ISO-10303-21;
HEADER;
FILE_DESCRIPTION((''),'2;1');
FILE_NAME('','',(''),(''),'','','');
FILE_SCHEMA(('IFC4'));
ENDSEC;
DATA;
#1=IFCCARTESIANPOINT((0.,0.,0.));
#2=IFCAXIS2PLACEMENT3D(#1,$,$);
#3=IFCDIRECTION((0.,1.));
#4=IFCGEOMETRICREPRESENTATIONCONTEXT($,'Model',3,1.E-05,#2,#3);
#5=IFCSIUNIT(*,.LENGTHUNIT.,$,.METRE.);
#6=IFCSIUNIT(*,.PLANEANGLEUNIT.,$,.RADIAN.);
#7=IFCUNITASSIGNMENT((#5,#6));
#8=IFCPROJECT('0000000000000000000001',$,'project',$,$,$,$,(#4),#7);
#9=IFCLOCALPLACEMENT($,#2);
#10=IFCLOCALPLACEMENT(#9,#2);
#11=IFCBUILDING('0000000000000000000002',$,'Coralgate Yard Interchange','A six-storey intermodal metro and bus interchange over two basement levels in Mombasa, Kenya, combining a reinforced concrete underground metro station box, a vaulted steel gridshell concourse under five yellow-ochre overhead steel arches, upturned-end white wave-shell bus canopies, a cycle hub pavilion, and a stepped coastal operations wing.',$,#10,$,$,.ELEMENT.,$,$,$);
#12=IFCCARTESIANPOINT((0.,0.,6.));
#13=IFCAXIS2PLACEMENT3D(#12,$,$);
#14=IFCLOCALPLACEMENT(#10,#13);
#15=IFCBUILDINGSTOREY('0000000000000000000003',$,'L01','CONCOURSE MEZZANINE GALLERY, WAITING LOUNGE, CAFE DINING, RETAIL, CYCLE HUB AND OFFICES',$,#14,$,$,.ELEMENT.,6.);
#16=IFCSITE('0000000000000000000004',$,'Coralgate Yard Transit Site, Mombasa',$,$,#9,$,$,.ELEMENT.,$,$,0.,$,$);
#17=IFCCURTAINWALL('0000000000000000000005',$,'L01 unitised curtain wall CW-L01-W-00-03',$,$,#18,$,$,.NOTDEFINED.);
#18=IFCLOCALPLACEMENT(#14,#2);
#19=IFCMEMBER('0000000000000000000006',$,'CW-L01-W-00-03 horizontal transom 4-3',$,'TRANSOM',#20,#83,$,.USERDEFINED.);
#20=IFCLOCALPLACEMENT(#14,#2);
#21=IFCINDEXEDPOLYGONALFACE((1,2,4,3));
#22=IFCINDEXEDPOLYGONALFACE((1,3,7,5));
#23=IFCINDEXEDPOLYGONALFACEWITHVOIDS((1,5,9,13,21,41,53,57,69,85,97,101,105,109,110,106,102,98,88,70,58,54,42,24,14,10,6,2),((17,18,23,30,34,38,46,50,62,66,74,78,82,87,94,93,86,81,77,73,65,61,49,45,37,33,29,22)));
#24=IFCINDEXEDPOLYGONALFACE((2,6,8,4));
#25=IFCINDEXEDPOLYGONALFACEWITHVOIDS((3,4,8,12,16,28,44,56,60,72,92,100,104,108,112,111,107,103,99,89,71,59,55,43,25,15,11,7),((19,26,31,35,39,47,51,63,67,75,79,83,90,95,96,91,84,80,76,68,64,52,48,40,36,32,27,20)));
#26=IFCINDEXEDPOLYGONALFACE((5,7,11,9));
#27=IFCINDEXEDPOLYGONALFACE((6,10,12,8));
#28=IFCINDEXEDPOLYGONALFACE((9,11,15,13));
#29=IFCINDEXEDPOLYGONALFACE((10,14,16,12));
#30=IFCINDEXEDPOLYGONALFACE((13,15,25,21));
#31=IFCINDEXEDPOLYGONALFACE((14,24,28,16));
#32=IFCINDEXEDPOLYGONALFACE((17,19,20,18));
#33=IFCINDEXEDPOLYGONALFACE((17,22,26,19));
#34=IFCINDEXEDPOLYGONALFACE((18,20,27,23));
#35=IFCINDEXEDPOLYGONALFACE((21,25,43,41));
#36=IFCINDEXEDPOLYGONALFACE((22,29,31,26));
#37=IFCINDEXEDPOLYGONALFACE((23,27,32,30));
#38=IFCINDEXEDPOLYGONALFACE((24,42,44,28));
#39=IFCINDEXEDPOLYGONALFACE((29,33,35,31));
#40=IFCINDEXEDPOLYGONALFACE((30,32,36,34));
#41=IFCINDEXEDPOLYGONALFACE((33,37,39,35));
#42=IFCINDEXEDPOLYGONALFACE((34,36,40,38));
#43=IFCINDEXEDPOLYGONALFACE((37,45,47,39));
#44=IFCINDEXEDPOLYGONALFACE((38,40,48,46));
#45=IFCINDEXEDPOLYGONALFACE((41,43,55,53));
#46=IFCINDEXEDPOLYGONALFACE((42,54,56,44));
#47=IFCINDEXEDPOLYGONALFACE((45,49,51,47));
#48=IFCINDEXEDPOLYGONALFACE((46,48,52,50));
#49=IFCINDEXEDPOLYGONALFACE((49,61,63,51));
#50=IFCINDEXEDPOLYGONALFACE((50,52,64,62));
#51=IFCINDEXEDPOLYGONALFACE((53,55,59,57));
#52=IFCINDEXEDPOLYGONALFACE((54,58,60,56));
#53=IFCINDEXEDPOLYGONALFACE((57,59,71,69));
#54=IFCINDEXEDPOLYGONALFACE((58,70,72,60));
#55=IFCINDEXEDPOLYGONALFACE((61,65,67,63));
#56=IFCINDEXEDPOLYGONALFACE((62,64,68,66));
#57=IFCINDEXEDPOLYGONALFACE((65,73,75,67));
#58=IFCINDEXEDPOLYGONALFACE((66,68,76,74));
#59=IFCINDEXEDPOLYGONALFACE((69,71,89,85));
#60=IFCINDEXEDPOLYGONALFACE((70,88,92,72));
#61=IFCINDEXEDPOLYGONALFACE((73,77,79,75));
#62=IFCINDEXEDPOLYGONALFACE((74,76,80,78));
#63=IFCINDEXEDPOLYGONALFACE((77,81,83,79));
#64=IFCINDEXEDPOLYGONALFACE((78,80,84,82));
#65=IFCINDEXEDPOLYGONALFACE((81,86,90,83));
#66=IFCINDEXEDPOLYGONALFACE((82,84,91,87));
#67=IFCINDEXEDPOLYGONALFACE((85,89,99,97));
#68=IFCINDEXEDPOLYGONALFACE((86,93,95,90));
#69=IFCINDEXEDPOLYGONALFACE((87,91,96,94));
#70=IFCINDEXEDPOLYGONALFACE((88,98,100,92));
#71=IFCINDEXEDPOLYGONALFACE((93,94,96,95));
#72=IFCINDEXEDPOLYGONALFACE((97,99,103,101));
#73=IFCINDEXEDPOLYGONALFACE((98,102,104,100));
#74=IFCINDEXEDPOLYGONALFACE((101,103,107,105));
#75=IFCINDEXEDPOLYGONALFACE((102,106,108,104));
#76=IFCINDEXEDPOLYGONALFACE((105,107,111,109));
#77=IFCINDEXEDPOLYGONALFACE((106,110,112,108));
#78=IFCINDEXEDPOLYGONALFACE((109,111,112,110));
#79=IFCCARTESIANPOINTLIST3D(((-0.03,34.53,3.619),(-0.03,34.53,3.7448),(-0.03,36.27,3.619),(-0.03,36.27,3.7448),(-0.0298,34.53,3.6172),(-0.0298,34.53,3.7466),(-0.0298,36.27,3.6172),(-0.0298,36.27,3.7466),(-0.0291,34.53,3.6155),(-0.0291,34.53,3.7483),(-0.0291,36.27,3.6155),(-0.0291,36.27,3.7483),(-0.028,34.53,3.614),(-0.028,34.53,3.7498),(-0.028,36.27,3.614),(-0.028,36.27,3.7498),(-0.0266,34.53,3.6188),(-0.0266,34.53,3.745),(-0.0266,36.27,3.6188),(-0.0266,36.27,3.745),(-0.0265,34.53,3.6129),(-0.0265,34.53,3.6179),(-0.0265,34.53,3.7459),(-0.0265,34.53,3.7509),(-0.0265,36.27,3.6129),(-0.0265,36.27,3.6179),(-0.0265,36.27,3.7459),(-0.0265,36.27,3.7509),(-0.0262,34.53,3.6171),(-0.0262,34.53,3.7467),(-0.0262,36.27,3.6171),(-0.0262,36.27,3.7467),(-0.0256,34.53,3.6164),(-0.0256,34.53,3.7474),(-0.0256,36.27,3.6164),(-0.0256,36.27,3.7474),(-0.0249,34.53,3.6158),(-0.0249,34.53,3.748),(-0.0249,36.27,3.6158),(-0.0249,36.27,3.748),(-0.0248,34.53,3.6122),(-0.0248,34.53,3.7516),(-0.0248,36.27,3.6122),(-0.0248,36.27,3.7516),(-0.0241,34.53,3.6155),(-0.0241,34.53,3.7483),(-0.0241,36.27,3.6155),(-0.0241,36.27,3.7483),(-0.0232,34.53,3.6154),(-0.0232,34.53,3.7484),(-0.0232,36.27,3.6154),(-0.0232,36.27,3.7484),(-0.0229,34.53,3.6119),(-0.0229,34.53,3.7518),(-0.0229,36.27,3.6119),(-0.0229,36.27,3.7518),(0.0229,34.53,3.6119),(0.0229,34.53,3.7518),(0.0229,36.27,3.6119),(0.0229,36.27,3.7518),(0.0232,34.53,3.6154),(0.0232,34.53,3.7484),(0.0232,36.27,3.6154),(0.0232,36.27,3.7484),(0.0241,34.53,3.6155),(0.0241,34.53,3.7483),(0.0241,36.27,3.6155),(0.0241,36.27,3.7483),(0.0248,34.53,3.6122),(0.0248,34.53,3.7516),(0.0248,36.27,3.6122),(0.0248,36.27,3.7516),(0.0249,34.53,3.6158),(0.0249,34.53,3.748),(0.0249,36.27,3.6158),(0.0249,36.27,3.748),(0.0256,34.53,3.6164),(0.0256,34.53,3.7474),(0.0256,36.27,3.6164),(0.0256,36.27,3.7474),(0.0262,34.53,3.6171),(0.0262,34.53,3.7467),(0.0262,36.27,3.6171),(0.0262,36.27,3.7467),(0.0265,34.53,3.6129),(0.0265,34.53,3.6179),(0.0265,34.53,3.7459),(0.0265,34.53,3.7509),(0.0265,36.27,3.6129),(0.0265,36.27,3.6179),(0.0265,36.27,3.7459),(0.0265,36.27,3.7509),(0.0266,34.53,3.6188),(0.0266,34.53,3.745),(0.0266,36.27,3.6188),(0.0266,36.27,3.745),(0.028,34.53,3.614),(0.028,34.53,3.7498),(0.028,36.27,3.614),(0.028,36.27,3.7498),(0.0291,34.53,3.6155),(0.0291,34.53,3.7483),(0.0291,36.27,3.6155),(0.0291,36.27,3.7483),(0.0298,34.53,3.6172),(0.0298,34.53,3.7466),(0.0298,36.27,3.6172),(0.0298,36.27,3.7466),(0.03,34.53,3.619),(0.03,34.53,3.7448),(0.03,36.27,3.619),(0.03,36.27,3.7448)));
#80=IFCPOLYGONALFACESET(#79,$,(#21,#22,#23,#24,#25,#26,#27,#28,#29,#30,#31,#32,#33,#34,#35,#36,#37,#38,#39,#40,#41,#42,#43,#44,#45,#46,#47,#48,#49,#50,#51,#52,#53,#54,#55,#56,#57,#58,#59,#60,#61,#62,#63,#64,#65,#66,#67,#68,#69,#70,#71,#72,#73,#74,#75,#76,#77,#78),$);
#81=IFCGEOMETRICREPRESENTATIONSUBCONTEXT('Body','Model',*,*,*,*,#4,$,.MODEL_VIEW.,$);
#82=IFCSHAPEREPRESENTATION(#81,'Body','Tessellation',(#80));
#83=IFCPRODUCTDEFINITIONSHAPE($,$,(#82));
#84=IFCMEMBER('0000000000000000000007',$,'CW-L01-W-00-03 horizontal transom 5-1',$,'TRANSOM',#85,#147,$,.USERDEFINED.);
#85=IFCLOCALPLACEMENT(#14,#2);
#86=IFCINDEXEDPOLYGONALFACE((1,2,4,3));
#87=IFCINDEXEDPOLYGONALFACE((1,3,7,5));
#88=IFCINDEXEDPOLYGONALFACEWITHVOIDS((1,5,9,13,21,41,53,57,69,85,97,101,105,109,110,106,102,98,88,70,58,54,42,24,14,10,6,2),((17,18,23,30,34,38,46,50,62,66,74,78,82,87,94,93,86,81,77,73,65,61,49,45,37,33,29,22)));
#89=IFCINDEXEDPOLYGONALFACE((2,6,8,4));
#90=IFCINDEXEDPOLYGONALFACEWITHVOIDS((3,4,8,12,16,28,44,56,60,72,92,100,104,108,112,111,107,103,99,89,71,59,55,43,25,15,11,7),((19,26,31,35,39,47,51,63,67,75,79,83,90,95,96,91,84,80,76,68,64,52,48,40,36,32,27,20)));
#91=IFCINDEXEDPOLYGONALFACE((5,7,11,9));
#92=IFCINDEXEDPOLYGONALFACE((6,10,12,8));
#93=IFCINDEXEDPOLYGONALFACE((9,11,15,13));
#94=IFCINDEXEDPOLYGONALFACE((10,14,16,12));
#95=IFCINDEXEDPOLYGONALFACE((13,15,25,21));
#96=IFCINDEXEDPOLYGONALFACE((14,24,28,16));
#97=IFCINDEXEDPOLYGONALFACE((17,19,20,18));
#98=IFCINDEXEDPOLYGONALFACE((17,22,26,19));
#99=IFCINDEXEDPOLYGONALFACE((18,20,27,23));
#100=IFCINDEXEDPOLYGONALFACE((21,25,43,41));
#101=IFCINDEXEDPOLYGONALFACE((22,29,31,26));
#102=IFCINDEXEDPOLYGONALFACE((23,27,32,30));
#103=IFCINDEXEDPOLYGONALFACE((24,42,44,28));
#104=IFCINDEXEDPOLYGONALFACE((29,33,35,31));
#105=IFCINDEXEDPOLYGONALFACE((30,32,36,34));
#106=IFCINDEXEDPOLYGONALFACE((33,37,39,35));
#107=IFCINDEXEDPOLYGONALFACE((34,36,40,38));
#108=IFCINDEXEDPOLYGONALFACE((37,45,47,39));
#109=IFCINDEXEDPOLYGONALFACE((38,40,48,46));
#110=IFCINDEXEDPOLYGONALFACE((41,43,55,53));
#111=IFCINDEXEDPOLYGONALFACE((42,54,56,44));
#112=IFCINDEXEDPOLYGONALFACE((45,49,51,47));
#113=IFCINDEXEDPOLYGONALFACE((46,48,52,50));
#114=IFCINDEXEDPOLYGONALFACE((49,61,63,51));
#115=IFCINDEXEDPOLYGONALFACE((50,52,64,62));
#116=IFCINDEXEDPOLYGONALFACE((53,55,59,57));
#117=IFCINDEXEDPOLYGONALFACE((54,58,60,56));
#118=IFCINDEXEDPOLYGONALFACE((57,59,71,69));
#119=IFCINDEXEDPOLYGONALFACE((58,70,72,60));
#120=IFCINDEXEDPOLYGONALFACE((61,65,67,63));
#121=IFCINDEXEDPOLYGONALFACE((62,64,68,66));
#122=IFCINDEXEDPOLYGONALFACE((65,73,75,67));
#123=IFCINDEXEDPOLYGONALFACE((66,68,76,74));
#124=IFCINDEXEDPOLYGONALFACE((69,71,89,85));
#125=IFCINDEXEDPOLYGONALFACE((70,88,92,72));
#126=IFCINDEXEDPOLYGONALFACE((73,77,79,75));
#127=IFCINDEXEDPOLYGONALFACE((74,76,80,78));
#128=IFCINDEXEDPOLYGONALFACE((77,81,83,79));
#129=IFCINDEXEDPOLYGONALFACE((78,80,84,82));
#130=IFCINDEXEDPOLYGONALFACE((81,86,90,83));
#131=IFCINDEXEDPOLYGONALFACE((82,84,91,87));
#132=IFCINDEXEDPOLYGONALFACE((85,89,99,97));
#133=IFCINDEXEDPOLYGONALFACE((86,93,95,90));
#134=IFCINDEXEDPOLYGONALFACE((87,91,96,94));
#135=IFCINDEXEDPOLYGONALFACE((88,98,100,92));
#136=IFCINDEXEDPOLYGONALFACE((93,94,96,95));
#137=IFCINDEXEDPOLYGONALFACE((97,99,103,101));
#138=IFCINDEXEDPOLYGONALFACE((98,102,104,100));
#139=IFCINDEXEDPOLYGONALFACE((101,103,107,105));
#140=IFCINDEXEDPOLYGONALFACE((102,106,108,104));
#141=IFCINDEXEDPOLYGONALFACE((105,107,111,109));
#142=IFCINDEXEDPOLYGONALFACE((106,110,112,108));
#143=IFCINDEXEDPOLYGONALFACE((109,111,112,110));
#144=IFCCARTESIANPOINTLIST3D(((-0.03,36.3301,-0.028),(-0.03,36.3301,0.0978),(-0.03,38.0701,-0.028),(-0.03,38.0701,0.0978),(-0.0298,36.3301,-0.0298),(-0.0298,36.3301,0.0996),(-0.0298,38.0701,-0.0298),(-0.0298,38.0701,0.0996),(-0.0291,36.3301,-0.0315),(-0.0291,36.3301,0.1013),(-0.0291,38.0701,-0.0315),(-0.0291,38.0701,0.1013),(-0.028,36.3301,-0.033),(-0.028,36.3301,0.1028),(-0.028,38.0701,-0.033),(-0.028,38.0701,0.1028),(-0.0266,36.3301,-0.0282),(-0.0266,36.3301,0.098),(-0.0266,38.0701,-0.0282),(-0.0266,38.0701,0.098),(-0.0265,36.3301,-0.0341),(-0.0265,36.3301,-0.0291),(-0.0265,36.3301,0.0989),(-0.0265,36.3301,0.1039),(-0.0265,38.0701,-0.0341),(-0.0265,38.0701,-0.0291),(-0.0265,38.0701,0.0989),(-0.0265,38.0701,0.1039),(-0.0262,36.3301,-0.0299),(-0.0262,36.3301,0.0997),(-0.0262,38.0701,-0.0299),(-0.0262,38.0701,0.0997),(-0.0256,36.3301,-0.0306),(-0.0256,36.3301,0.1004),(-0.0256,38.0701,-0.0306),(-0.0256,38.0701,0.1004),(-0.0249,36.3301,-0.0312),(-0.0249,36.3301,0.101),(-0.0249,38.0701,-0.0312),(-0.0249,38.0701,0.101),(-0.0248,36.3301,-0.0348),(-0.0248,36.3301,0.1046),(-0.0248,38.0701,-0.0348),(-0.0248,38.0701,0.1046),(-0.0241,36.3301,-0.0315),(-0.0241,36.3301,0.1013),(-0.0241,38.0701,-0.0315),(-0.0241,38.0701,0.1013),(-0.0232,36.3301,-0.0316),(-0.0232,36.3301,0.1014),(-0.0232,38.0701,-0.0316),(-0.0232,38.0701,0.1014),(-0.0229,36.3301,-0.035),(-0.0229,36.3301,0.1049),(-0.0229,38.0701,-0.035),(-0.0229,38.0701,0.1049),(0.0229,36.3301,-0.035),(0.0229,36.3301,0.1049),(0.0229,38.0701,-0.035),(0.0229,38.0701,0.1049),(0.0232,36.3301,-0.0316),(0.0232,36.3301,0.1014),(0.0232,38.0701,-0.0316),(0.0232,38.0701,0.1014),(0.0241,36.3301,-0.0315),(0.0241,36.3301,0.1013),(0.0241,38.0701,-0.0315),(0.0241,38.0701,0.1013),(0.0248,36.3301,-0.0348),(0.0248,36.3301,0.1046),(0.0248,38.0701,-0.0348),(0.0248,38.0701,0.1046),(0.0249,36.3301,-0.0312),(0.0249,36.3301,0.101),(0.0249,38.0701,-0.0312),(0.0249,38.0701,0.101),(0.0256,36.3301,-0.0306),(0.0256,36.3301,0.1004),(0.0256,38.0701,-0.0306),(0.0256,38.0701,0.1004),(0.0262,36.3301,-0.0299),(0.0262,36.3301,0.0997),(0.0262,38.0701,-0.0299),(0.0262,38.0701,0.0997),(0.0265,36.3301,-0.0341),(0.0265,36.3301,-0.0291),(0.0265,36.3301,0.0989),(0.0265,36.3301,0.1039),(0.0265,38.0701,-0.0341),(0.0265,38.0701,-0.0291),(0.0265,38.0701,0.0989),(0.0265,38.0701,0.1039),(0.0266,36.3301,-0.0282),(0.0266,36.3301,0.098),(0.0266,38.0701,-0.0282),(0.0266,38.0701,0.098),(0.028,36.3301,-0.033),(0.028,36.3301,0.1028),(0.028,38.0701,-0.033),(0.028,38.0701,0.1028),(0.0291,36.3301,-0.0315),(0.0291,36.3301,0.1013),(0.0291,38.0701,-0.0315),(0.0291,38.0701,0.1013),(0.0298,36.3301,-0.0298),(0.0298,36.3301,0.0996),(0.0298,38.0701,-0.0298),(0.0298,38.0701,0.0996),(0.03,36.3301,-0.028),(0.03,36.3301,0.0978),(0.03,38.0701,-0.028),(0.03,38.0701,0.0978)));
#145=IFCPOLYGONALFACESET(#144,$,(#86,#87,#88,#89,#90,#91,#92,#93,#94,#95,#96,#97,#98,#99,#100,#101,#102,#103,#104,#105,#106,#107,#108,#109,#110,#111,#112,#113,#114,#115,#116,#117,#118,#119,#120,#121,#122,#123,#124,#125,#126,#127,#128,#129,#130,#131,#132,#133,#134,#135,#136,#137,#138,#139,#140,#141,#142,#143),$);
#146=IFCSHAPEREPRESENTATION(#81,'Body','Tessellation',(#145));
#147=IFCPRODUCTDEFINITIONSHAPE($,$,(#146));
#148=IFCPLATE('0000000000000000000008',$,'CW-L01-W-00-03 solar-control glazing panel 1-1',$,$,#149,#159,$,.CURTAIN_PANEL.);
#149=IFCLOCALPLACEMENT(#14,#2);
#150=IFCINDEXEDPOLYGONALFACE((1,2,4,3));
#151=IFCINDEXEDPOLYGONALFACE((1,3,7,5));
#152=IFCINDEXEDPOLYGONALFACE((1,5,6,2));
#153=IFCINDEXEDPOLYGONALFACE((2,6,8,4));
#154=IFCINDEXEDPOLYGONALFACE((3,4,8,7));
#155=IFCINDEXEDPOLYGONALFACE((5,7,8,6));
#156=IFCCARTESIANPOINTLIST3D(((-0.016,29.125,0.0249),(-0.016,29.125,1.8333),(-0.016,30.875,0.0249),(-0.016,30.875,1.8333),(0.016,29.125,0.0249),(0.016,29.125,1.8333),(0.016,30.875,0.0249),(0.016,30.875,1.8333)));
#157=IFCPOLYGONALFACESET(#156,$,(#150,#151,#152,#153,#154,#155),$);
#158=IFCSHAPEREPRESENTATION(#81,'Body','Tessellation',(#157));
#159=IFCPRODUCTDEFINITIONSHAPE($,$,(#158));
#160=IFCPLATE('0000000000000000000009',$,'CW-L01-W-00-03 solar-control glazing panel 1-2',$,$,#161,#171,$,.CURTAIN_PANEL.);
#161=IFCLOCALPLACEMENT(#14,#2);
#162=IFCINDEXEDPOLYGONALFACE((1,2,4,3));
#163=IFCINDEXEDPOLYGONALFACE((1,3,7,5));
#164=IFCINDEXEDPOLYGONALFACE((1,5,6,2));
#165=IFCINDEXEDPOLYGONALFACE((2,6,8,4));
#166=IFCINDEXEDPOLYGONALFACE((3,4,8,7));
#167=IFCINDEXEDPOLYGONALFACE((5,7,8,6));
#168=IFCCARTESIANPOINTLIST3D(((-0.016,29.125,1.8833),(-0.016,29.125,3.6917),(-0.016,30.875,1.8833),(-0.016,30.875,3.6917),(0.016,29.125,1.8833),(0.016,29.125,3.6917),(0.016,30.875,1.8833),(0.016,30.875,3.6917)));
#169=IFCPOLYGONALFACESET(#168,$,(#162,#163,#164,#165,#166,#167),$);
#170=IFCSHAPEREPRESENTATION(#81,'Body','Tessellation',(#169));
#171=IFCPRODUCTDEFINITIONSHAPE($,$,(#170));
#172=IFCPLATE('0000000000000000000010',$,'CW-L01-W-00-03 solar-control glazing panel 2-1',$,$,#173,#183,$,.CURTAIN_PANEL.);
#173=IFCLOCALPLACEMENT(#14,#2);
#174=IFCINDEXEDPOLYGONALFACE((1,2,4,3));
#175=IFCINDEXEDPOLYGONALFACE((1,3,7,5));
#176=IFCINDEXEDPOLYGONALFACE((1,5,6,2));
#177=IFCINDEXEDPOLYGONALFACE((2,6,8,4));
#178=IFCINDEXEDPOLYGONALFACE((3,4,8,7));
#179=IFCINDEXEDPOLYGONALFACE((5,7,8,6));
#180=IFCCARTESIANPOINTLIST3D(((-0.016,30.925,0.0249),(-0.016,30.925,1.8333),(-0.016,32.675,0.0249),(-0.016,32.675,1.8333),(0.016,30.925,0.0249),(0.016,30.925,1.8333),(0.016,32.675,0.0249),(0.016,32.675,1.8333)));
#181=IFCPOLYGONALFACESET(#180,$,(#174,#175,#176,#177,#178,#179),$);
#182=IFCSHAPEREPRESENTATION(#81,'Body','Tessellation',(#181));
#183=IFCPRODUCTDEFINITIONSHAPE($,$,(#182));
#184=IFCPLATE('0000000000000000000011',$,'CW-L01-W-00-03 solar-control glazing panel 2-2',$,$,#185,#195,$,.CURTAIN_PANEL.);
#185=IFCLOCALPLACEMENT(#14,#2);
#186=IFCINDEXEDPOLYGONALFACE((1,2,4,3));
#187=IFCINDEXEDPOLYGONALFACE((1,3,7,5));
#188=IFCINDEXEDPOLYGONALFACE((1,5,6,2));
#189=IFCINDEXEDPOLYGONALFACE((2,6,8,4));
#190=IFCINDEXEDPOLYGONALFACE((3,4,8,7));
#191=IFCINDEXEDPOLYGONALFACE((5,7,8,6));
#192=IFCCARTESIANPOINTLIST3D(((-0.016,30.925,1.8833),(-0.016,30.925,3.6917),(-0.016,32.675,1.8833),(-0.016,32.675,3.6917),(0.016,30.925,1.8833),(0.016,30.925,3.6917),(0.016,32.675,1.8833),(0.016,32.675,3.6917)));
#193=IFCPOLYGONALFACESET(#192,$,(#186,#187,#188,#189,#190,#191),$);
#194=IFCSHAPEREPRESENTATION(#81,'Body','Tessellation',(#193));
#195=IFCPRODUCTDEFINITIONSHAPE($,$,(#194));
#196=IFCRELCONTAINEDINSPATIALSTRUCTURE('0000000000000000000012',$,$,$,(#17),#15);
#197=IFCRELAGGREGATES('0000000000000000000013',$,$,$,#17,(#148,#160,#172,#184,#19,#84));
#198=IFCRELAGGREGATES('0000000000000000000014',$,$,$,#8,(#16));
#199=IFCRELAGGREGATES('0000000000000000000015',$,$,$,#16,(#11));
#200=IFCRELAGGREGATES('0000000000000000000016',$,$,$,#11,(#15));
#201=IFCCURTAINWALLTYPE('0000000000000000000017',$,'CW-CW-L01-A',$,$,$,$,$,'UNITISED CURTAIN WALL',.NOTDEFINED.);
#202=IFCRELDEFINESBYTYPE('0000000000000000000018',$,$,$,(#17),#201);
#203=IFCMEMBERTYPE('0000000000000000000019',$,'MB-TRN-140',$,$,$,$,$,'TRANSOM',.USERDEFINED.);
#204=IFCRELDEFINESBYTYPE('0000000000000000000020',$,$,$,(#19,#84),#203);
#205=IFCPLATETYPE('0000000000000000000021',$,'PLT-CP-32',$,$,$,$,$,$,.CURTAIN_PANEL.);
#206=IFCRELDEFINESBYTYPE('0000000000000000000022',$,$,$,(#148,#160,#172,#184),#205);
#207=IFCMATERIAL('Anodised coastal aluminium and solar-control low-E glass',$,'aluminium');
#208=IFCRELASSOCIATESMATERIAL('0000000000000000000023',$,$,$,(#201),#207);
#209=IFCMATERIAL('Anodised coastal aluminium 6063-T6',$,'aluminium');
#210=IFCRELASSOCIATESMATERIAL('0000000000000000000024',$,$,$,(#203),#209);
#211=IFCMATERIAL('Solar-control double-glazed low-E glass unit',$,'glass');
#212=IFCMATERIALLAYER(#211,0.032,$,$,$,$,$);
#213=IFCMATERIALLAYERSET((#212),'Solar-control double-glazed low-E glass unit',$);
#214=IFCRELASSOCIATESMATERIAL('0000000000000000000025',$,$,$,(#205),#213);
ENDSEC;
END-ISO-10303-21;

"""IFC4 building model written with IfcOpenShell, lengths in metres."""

from ifc_helpers import new_model, si_unit, direction, frame, origin, origin_2d, place, context, subcontext, project, spatial, rectangle, hollow_rectangle, extrude, material, layer, layer_set, material_profile, profile_set, type_object, element, aggregate, save


model = new_model("IFC4")

# Units and contexts
model_context = context("Model", 3, precision=1e-05, world=origin(), true_north=direction((0.0, 1.0)))
body_context = subcontext(model_context, "Body", "Model", "MODEL_VIEW")
ifc_project = project(units=[si_unit("LENGTHUNIT", "METRE"), si_unit("PLANEANGLEUNIT", "RADIAN")], contexts=[model_context])

# Site, building, storey
site_placement = place(None, origin())
site = spatial("IfcSite", under=ifc_project, at=site_placement, Name="Coralgate Yard Transit Site, Mombasa", CompositionType="ELEMENT", RefElevation=0.0)
building_placement = place(site_placement, origin())
building = spatial("IfcBuilding", under=site, at=building_placement, Name="Coralgate Yard Interchange", Description="A six-storey intermodal metro and bus interchange over two basement levels in Mombasa, Kenya, combining a reinforced concrete underground metro station box, a vaulted steel gridshell concourse under five yellow-ochre overhead steel arches, upturned-end white wave-shell bus canopies, a cycle hub pavilion, and a stepped coastal operations wing.", CompositionType="ELEMENT")
storey_placement = place(building_placement, frame((0.0, 0.0, 6.0)))
storey = spatial("IfcBuildingStorey", under=building, at=storey_placement, Name="L01", Description="CONCOURSE MEZZANINE GALLERY, WAITING LOUNGE, CAFE DINING, RETAIL, CYCLE HUB AND OFFICES", CompositionType="ELEMENT", Elevation=6.0)

# Curtain wall, members, plates
ifc_material_1 = material(Name="Anodised coastal aluminium and solar-control low-E glass", Category="aluminium")
curtain_wall_type = type_object("IfcCurtainWallType", Name="CW-CW-L01-A", ElementType="UNITISED CURTAIN WALL", PredefinedType="NOTDEFINED", material=ifc_material_1)
curtain_wall_placement = place(storey_placement, origin())
curtain_wall = element("IfcCurtainWall", 1, at=curtain_wall_placement, inside=storey, type_object=curtain_wall_type, Name="L01 unitised curtain wall CW-L01-W-00-03", PredefinedType="NOTDEFINED")
ifc_material_2 = material(Name="Anodised coastal aluminium 6063-T6", Category="aluminium")
ifc_material_profile_1 = material_profile(ifc_material_2, hollow_rectangle(XDim=0.0601, YDim=0.1399, WallThickness=0.0034, InnerFilletRadius=0.0034, OuterFilletRadius=0.0071, at=origin_2d()), Name="ALU 60x140x3.5")
ifc_profile_set_1 = profile_set([ifc_material_profile_1], Name="Anodised coastal aluminium 6063-T6")
member_type_1 = type_object("IfcMemberType", Name="MB-TRN-140", ElementType="TRANSOM", PredefinedType="USERDEFINED", material=ifc_profile_set_1)
member_1_placement = place(storey_placement, frame((0.0, 34.53, 3.6819), z_axis=(0.0, 1.0, 0.0), x_axis=(-1.0, 0.0, 0.0)))
member_1 = element("IfcMember", 2, at=member_1_placement, type_object=member_type_1, Name="CW-L01-W-00-03 horizontal transom 4-3", ObjectType="TRANSOM", PredefinedType="USERDEFINED", context=body_context, shape_type="SweptSolid", body=[
    extrude(hollow_rectangle(XDim=0.0601, YDim=0.1399, WallThickness=0.0034, InnerFilletRadius=0.0034, OuterFilletRadius=0.0071, at=origin_2d()), origin(), (0.0, 0.0, 1.0), 1.74),
])
member_2_placement = place(storey_placement, frame((0.0, 36.3301, 0.0349), z_axis=(0.0, 1.0, 0.0), x_axis=(-1.0, 0.0, 0.0)))
member_2 = element("IfcMember", 3, at=member_2_placement, type_object=member_type_1, Name="CW-L01-W-00-03 horizontal transom 5-1", ObjectType="TRANSOM", PredefinedType="USERDEFINED", context=body_context, shape_type="SweptSolid", body=[
    extrude(hollow_rectangle(XDim=0.0601, YDim=0.1399, WallThickness=0.0034, InnerFilletRadius=0.0034, OuterFilletRadius=0.0071, at=origin_2d()), origin(), (0.0, 0.0, 1.0), 1.74),
])
ifc_material_3 = material(Name="Solar-control double-glazed low-E glass unit", Category="glass")
ifc_layer_1 = layer(ifc_material_3, 0.032)
ifc_layer_set_1 = layer_set([ifc_layer_1], Name="Solar-control double-glazed low-E glass unit")
plate_type = type_object("IfcPlateType", Name="PLT-CP-32", PredefinedType="CURTAIN_PANEL", material=ifc_layer_set_1)
plate_1_placement = place(storey_placement, frame((0.0, 30.0, 0.0249), z_axis=(0.0, 0.0, 1.0), x_axis=(0.0, 1.0, 0.0)))
plate_1 = element("IfcPlate", 4, at=plate_1_placement, type_object=plate_type, Name="CW-L01-W-00-03 solar-control glazing panel 1-1", PredefinedType="CURTAIN_PANEL", context=body_context, shape_type="SweptSolid", body=[
    extrude(rectangle(XDim=1.75, YDim=0.032, at=origin_2d()), origin(), (0.0, 0.0, 1.0), 1.8083),
])
plate_2_placement = place(storey_placement, frame((0.0, 30.0, 1.8833), z_axis=(0.0, 0.0, 1.0), x_axis=(0.0, 1.0, 0.0)))
plate_2 = element("IfcPlate", 5, at=plate_2_placement, type_object=plate_type, Name="CW-L01-W-00-03 solar-control glazing panel 1-2", PredefinedType="CURTAIN_PANEL", context=body_context, shape_type="SweptSolid", body=[
    extrude(rectangle(XDim=1.75, YDim=0.032, at=origin_2d()), origin(), (0.0, 0.0, 1.0), 1.8083),
])
plate_3_placement = place(storey_placement, frame((0.0, 31.8, 0.0249), z_axis=(0.0, 0.0, 1.0), x_axis=(0.0, 1.0, 0.0)))
plate_3 = element("IfcPlate", 6, at=plate_3_placement, type_object=plate_type, Name="CW-L01-W-00-03 solar-control glazing panel 2-1", PredefinedType="CURTAIN_PANEL", context=body_context, shape_type="SweptSolid", body=[
    extrude(rectangle(XDim=1.75, YDim=0.032, at=origin_2d()), origin(), (0.0, 0.0, 1.0), 1.8083),
])
plate_4_placement = place(storey_placement, frame((0.0, 31.8, 1.8833), z_axis=(0.0, 0.0, 1.0), x_axis=(0.0, 1.0, 0.0)))
plate_4 = element("IfcPlate", 7, at=plate_4_placement, type_object=plate_type, Name="CW-L01-W-00-03 solar-control glazing panel 2-2", PredefinedType="CURTAIN_PANEL", context=body_context, shape_type="SweptSolid", body=[
    extrude(rectangle(XDim=1.75, YDim=0.032, at=origin_2d()), origin(), (0.0, 0.0, 1.0), 1.8083),
])
aggregate(curtain_wall, [plate_1, plate_2, plate_3, plate_4, member_1, member_2])

save(model, "model.ifc")
